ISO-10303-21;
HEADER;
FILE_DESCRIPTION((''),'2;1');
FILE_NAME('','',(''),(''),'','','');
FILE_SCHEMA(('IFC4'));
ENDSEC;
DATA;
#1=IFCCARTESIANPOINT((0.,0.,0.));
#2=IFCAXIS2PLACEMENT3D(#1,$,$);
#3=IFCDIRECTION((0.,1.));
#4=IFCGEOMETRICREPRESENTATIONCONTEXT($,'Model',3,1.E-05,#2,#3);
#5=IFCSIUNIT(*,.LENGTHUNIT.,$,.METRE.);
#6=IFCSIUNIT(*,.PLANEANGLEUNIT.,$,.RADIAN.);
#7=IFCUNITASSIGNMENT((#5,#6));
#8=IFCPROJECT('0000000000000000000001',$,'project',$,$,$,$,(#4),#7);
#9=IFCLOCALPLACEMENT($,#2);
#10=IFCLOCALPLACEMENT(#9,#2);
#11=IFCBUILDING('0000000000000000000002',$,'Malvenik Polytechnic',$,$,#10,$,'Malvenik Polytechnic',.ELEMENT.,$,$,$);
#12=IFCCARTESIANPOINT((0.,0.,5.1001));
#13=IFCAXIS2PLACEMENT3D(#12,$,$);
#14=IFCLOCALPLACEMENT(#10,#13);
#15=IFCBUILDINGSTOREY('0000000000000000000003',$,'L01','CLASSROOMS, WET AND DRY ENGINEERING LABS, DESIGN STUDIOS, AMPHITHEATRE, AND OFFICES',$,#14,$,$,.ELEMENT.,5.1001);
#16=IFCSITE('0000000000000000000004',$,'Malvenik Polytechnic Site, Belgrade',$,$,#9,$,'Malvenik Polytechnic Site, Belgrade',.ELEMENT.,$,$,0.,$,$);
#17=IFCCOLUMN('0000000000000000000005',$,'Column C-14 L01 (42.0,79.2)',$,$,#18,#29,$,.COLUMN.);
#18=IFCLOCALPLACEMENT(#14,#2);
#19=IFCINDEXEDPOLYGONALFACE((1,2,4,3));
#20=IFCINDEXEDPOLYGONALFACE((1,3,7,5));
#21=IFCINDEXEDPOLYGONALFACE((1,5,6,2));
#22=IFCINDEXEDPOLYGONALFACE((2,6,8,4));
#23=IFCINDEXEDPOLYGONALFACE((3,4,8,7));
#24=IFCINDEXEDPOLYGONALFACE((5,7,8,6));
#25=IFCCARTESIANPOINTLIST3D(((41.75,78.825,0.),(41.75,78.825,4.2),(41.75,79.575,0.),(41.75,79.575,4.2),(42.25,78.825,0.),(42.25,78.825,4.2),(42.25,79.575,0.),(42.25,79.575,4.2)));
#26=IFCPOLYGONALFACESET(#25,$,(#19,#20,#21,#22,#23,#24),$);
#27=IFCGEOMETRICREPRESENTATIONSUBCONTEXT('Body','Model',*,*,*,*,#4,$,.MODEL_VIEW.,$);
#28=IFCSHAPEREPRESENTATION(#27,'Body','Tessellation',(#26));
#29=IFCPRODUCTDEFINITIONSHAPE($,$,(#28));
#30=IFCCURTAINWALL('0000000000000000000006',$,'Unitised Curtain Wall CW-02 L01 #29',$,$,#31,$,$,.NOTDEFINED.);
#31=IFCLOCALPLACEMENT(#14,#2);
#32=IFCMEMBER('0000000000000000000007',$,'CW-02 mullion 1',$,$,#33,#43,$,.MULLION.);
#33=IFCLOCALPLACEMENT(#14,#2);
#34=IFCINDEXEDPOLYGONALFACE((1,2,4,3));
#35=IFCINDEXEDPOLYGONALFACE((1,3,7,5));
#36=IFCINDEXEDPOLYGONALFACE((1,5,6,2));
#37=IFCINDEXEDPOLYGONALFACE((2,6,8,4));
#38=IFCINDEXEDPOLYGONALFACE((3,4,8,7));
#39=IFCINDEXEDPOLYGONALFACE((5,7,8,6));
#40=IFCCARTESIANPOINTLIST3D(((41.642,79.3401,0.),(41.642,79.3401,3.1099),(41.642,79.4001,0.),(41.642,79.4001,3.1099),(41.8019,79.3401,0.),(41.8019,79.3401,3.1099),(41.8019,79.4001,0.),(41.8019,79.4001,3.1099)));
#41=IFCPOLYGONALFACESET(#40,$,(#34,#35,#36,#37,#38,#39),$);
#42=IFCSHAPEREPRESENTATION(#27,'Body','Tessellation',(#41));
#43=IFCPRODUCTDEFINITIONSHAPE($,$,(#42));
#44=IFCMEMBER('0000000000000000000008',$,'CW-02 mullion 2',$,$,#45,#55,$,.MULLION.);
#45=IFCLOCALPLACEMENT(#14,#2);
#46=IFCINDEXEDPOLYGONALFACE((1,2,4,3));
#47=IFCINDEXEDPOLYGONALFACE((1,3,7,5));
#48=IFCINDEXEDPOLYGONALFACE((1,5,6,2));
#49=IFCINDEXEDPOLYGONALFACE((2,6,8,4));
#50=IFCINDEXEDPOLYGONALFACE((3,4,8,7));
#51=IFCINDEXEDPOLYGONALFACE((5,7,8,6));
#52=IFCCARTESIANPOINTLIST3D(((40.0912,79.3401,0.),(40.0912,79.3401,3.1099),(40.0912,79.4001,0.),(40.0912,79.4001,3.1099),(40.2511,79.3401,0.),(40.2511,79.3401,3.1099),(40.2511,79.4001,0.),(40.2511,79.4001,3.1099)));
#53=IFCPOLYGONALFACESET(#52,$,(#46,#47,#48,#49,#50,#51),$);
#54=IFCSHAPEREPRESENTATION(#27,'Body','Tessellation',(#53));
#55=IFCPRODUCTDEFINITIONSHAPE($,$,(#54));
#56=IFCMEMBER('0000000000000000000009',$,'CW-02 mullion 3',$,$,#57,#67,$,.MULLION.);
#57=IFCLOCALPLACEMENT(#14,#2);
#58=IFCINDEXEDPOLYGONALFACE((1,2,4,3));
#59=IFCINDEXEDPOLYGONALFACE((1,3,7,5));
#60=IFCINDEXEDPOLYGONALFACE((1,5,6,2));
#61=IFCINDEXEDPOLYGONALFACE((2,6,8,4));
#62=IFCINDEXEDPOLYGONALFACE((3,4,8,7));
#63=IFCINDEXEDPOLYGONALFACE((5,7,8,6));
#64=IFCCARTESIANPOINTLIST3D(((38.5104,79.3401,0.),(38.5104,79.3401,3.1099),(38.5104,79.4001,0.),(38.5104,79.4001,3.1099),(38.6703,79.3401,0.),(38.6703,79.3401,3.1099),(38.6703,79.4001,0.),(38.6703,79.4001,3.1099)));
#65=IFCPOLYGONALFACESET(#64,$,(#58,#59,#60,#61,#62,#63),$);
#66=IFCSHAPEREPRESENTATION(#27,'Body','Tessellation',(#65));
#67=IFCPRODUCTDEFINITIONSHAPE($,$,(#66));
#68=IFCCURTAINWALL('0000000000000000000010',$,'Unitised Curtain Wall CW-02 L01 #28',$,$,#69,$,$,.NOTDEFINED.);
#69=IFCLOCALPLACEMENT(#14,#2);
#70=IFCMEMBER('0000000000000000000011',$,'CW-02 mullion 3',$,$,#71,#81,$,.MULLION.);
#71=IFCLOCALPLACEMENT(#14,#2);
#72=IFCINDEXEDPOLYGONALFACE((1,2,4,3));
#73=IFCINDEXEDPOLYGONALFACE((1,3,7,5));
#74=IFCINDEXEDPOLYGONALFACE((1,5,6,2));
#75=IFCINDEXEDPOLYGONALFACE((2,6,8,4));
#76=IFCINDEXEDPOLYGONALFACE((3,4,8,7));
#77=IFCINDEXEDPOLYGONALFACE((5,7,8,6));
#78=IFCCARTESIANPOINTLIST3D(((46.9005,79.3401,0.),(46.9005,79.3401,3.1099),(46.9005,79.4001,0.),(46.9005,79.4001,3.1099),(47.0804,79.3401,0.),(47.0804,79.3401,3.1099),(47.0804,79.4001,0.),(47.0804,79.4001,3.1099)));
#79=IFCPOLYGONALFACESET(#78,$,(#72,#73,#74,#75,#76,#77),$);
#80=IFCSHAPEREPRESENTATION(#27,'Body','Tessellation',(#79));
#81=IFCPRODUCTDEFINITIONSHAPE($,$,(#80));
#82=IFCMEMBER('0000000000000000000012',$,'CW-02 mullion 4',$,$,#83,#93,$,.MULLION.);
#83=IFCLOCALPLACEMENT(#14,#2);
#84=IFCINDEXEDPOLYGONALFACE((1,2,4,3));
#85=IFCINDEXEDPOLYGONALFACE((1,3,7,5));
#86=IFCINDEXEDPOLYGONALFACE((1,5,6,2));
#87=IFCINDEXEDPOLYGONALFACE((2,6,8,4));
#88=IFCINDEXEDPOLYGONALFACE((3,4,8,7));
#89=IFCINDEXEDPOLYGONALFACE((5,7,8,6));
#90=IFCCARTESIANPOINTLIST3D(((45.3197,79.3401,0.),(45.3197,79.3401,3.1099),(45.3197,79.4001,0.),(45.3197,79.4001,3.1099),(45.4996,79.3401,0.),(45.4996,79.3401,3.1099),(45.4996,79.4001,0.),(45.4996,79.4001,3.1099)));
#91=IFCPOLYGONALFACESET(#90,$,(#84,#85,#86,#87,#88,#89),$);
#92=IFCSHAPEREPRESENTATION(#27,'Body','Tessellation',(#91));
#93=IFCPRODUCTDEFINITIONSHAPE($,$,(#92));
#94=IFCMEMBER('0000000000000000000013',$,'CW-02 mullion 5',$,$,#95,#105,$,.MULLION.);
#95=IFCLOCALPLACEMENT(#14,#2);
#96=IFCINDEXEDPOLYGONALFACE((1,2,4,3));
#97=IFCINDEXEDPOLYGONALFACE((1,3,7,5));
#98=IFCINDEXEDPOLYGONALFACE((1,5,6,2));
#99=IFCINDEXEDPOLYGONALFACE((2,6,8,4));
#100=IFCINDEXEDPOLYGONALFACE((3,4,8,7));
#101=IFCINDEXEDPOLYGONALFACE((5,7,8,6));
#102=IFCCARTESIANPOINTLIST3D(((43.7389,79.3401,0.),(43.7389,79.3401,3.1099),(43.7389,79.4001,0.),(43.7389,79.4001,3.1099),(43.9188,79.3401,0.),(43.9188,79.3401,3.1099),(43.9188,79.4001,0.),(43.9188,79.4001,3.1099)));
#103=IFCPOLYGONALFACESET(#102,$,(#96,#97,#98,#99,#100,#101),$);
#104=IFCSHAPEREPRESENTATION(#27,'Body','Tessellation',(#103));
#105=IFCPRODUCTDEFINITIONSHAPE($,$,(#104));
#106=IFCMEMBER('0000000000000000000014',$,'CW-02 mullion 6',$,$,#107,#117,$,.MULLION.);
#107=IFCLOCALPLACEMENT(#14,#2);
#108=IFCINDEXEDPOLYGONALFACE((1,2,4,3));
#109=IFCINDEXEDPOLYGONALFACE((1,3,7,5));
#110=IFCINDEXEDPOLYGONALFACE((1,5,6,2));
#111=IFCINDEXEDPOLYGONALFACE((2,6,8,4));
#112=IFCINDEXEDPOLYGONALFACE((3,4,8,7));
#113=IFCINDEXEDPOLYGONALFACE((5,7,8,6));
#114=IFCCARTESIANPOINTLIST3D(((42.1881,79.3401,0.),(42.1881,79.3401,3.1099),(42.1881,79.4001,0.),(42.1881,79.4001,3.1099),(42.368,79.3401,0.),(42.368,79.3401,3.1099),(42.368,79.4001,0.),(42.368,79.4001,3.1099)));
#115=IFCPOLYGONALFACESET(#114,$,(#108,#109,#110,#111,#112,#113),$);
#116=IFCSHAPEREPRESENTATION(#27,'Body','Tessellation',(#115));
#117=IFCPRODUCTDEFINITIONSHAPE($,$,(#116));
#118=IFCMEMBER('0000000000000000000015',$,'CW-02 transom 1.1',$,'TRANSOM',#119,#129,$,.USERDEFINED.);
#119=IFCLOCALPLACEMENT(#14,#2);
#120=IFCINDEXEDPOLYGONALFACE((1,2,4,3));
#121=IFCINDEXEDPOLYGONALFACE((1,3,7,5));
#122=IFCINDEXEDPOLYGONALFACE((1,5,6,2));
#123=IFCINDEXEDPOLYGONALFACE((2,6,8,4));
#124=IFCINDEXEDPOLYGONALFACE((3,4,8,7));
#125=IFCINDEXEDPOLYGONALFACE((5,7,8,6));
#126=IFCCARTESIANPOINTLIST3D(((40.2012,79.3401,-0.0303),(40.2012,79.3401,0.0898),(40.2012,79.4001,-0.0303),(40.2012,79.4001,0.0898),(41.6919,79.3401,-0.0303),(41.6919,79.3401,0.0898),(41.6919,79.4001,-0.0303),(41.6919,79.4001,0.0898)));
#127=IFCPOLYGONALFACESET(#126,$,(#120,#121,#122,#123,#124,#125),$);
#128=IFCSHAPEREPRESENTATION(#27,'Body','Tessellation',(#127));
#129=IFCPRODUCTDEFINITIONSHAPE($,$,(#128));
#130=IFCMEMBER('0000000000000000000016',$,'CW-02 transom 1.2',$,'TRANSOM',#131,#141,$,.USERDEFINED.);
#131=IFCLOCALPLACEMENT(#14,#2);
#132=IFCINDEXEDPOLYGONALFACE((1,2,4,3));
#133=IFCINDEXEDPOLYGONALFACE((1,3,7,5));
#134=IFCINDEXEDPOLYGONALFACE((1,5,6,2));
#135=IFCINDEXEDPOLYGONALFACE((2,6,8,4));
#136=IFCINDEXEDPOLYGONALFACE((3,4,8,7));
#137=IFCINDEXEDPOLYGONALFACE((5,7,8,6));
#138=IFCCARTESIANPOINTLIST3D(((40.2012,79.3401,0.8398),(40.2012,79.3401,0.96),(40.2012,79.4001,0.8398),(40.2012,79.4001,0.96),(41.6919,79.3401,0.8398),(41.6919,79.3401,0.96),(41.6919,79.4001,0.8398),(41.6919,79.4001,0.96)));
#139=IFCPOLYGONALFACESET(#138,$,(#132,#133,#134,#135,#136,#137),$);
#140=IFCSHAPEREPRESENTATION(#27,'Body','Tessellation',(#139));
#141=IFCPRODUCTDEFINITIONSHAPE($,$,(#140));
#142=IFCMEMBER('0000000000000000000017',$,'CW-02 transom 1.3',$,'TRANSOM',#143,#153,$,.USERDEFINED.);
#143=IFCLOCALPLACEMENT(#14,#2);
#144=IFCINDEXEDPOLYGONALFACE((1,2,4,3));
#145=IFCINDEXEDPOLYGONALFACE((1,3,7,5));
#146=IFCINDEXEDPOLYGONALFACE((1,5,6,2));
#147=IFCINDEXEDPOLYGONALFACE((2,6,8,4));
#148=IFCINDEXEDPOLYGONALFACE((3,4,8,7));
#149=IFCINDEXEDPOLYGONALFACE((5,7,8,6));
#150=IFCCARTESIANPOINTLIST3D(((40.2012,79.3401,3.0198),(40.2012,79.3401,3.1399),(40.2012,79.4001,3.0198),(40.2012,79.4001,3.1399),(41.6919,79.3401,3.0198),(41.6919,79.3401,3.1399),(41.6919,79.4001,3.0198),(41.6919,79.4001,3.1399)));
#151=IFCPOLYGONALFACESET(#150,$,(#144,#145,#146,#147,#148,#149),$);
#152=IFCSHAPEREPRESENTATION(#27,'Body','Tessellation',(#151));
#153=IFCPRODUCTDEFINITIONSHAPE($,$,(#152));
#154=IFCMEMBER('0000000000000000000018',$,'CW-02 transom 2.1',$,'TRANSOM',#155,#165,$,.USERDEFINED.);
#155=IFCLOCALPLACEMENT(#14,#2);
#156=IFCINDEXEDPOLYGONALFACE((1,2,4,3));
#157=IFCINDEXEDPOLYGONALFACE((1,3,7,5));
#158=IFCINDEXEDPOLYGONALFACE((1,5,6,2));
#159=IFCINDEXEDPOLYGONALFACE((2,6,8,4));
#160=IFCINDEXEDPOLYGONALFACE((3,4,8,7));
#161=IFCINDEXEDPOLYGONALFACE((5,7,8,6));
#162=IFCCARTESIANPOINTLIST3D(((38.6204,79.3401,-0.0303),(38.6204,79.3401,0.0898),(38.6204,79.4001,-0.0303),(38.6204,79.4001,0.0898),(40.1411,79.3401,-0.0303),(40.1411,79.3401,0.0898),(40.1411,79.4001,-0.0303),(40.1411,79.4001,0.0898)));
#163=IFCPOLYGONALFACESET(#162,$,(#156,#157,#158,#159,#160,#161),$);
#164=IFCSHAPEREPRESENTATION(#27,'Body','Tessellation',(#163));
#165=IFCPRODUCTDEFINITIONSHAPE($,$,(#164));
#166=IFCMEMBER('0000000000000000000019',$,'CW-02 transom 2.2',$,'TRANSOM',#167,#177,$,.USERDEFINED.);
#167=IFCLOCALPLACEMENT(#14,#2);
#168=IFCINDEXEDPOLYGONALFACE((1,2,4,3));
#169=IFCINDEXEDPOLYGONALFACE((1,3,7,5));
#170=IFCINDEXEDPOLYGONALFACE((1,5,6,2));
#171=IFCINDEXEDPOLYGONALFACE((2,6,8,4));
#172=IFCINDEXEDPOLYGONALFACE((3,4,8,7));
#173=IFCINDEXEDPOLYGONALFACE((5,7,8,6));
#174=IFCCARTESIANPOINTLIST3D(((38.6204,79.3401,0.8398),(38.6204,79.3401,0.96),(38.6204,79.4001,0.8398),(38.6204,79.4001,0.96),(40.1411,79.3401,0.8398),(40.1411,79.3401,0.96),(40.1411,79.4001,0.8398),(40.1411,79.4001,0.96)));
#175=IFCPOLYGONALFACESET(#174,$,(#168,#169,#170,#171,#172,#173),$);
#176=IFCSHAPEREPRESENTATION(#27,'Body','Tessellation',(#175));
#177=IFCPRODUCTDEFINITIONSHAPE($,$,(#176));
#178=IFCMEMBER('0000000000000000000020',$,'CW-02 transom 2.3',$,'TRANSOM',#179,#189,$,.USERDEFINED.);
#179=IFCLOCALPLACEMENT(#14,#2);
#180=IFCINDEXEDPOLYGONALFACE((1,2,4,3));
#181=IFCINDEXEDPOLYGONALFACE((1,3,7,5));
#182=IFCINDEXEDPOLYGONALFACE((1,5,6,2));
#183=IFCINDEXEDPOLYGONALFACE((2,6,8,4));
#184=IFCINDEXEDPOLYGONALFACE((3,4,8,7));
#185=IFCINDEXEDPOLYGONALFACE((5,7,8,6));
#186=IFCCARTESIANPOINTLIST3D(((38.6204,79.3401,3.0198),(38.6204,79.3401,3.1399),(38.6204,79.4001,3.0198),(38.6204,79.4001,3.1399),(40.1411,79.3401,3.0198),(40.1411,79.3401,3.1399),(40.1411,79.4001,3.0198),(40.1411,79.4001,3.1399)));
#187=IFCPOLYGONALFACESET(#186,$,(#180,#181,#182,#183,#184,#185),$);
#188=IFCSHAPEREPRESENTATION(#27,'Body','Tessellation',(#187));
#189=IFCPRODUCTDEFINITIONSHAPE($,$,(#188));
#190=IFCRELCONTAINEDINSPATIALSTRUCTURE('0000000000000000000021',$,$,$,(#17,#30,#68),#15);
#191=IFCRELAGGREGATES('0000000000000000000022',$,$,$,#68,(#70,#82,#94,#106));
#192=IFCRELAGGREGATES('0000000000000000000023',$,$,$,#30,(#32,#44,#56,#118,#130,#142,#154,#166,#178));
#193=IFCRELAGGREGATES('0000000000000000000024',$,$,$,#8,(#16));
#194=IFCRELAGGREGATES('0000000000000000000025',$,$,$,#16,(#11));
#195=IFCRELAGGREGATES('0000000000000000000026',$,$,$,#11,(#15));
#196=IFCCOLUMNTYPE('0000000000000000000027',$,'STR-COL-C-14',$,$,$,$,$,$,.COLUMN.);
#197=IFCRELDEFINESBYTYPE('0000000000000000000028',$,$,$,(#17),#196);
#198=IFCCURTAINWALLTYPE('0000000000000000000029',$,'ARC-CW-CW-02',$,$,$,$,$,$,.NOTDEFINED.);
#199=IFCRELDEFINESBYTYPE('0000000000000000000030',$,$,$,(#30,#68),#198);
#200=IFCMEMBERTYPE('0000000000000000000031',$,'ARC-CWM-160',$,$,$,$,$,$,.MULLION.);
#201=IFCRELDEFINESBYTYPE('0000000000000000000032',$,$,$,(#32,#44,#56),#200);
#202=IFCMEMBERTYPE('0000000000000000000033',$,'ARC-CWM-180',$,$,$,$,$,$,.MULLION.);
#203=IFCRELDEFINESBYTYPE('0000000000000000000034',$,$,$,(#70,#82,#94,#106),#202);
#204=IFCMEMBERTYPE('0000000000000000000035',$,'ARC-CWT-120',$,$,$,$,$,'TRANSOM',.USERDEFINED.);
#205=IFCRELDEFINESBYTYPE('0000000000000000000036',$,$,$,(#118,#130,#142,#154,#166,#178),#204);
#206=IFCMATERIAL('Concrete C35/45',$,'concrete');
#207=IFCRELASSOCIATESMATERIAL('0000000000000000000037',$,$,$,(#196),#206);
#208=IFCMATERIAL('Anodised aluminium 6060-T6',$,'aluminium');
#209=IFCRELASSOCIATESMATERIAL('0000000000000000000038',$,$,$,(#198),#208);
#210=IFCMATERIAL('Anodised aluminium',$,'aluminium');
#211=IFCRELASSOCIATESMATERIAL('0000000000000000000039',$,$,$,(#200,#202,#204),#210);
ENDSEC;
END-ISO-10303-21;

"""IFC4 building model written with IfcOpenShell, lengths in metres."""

from ifc_helpers import new_model, si_unit, direction, frame, origin, origin_2d, place, context, subcontext, project, spatial, rectangle, extrude, material, material_profile, profile_set, type_object, element, aggregate, save


model = new_model("IFC4")

# Units and contexts
model_context = context("Model", 3, precision=1e-05, world=origin(), true_north=direction((0.0, 1.0)))
body_context = subcontext(model_context, "Body", "Model", "MODEL_VIEW")
ifc_project = project(units=[si_unit("LENGTHUNIT", "METRE"), si_unit("PLANEANGLEUNIT", "RADIAN")], contexts=[model_context])

# Site, building, storey
site_placement = place(None, origin())
site = spatial("IfcSite", under=ifc_project, at=site_placement, Name="Malvenik Polytechnic Site, Belgrade", LongName="Malvenik Polytechnic Site, Belgrade", CompositionType="ELEMENT", RefElevation=0.0)
building_placement = place(site_placement, origin())
building = spatial("IfcBuilding", under=site, at=building_placement, Name="Malvenik Polytechnic", LongName="Malvenik Polytechnic", CompositionType="ELEMENT")
storey_placement = place(building_placement, frame((0.0, 0.0, 5.1001)))
storey = spatial("IfcBuildingStorey", under=building, at=storey_placement, Name="L01", Description="CLASSROOMS, WET AND DRY ENGINEERING LABS, DESIGN STUDIOS, AMPHITHEATRE, AND OFFICES", CompositionType="ELEMENT", Elevation=5.1001)

# Column
ifc_material_1 = material(Name="Concrete C35/45", Category="concrete")
ifc_material_profile_1 = material_profile(ifc_material_1, rectangle(XDim=0.5, YDim=0.75, at=origin_2d()), Name="RC COL 750x500")
ifc_profile_set_1 = profile_set([ifc_material_profile_1], Name="Concrete C35/45")
column_type = type_object("IfcColumnType", Name="STR-COL-C-14", PredefinedType="COLUMN", material=ifc_profile_set_1)
column_placement = place(storey_placement, frame((42.0, 79.2, 0.0), z_axis=(0.0, 0.0, 1.0), x_axis=(1.0, 0.0, 0.0)))
element("IfcColumn", 1, at=column_placement, inside=storey, type_object=column_type, Name="Column C-14 L01 (42.0,79.2)", PredefinedType="COLUMN", context=body_context, shape_type="SweptSolid", body=[
    extrude(rectangle(XDim=0.5, YDim=0.75, at=origin_2d()), origin(), (0.0, 0.0, 1.0), 4.2),
])

# Curtain walls, members
ifc_material_2 = material(Name="Anodised aluminium 6060-T6", Category="aluminium")
curtain_wall_type = type_object("IfcCurtainWallType", Name="ARC-CW-CW-02", PredefinedType="NOTDEFINED", material=ifc_material_2)
curtain_wall_1_placement = place(storey_placement, origin())
curtain_wall_1 = element("IfcCurtainWall", 2, at=curtain_wall_1_placement, inside=storey, type_object=curtain_wall_type, Name="Unitised Curtain Wall CW-02 L01 #29", PredefinedType="NOTDEFINED")
ifc_material_3 = material(Name="Anodised aluminium", Category="aluminium")
ifc_material_profile_2 = material_profile(ifc_material_3, rectangle(XDim=0.0601, YDim=0.1599, at=origin_2d()), Name="ALU MULLION 60x160")
ifc_profile_set_2 = profile_set([ifc_material_profile_2], Name="Anodised aluminium")
member_type_1 = type_object("IfcMemberType", Name="ARC-CWM-160", PredefinedType="MULLION", material=ifc_profile_set_2)
member_1_placement = place(storey_placement, frame((41.7219, 79.3701, 0.0), z_axis=(0.0, 0.0, 1.0), x_axis=(0.0, -1.0, 0.0)))
member_1 = element("IfcMember", 3, at=member_1_placement, type_object=member_type_1, Name="CW-02 mullion 1", PredefinedType="MULLION", context=body_context, shape_type="SweptSolid", body=[
    extrude(rectangle(XDim=0.0601, YDim=0.1599, at=origin_2d()), origin(), (0.0, 0.0, 1.0), 3.1099),
])
member_2_placement = place(storey_placement, frame((40.1711, 79.3701, 0.0), z_axis=(0.0, 0.0, 1.0), x_axis=(0.0, -1.0, 0.0)))
member_2 = element("IfcMember", 4, at=member_2_placement, type_object=member_type_1, Name="CW-02 mullion 2", PredefinedType="MULLION", context=body_context, shape_type="SweptSolid", body=[
    extrude(rectangle(XDim=0.0601, YDim=0.1599, at=origin_2d()), origin(), (0.0, 0.0, 1.0), 3.1099),
])
member_3_placement = place(storey_placement, frame((38.5903, 79.3701, 0.0), z_axis=(0.0, 0.0, 1.0), x_axis=(0.0, -1.0, 0.0)))
member_3 = element("IfcMember", 5, at=member_3_placement, type_object=member_type_1, Name="CW-02 mullion 3", PredefinedType="MULLION", context=body_context, shape_type="SweptSolid", body=[
    extrude(rectangle(XDim=0.0601, YDim=0.1599, at=origin_2d()), origin(), (0.0, 0.0, 1.0), 3.1099),
])
curtain_wall_2_placement = place(storey_placement, origin())
curtain_wall_2 = element("IfcCurtainWall", 6, at=curtain_wall_2_placement, inside=storey, type_object=curtain_wall_type, Name="Unitised Curtain Wall CW-02 L01 #28", PredefinedType="NOTDEFINED")
ifc_material_profile_3 = material_profile(ifc_material_3, rectangle(XDim=0.0601, YDim=0.1799, at=origin_2d()), Name="ALU MULLION 60x180")
ifc_profile_set_3 = profile_set([ifc_material_profile_3], Name="Anodised aluminium")
member_type_2 = type_object("IfcMemberType", Name="ARC-CWM-180", PredefinedType="MULLION", material=ifc_profile_set_3)
member_4_placement = place(storey_placement, frame((46.9905, 79.3701, 0.0), z_axis=(0.0, 0.0, 1.0), x_axis=(0.0, -1.0, 0.0)))
member_4 = element("IfcMember", 7, at=member_4_placement, type_object=member_type_2, Name="CW-02 mullion 3", PredefinedType="MULLION", context=body_context, shape_type="SweptSolid", body=[
    extrude(rectangle(XDim=0.0601, YDim=0.1799, at=origin_2d()), origin(), (0.0, 0.0, 1.0), 3.1099),
])
member_5_placement = place(storey_placement, frame((45.4097, 79.3701, 0.0), z_axis=(0.0, 0.0, 1.0), x_axis=(0.0, -1.0, 0.0)))
member_5 = element("IfcMember", 8, at=member_5_placement, type_object=member_type_2, Name="CW-02 mullion 4", PredefinedType="MULLION", context=body_context, shape_type="SweptSolid", body=[
    extrude(rectangle(XDim=0.0601, YDim=0.1799, at=origin_2d()), origin(), (0.0, 0.0, 1.0), 3.1099),
])
member_6_placement = place(storey_placement, frame((43.8289, 79.3701, 0.0), z_axis=(0.0, 0.0, 1.0), x_axis=(0.0, -1.0, 0.0)))
member_6 = element("IfcMember", 9, at=member_6_placement, type_object=member_type_2, Name="CW-02 mullion 5", PredefinedType="MULLION", context=body_context, shape_type="SweptSolid", body=[
    extrude(rectangle(XDim=0.0601, YDim=0.1799, at=origin_2d()), origin(), (0.0, 0.0, 1.0), 3.1099),
])
member_7_placement = place(storey_placement, frame((42.2781, 79.3701, 0.0), z_axis=(0.0, 0.0, 1.0), x_axis=(0.0, -1.0, 0.0)))
member_7 = element("IfcMember", 10, at=member_7_placement, type_object=member_type_2, Name="CW-02 mullion 6", PredefinedType="MULLION", context=body_context, shape_type="SweptSolid", body=[
    extrude(rectangle(XDim=0.0601, YDim=0.1799, at=origin_2d()), origin(), (0.0, 0.0, 1.0), 3.1099),
])

# Members
ifc_material_profile_4 = material_profile(ifc_material_3, rectangle(XDim=0.0601, YDim=0.1201, at=origin_2d()), Name="ALU TRANSOM 60x120")
ifc_profile_set_4 = profile_set([ifc_material_profile_4], Name="Anodised aluminium")
member_type_3 = type_object("IfcMemberType", Name="ARC-CWT-120", ElementType="TRANSOM", PredefinedType="USERDEFINED", material=ifc_profile_set_4)
member_8_placement = place(storey_placement, frame((41.6919, 79.3701, 0.0298), z_axis=(-1.0, 0.0, 0.0), x_axis=(0.0, -1.0, 0.0)))
member_8 = element("IfcMember", 11, at=member_8_placement, type_object=member_type_3, Name="CW-02 transom 1.1", ObjectType="TRANSOM", PredefinedType="USERDEFINED", context=body_context, shape_type="SweptSolid", body=[
    extrude(rectangle(XDim=0.0601, YDim=0.1201, at=origin_2d()), origin(), (0.0, 0.0, 1.0), 1.4907),
])
member_9_placement = place(storey_placement, frame((41.6919, 79.3701, 0.8999), z_axis=(-1.0, 0.0, 0.0), x_axis=(0.0, -1.0, 0.0)))
member_9 = element("IfcMember", 12, at=member_9_placement, type_object=member_type_3, Name="CW-02 transom 1.2", ObjectType="TRANSOM", PredefinedType="USERDEFINED", context=body_context, shape_type="SweptSolid", body=[
    extrude(rectangle(XDim=0.0601, YDim=0.1201, at=origin_2d()), origin(), (0.0, 0.0, 1.0), 1.4907),
])
member_10_placement = place(storey_placement, frame((41.6919, 79.3701, 3.0798), z_axis=(-1.0, 0.0, 0.0), x_axis=(0.0, -1.0, 0.0)))
member_10 = element("IfcMember", 13, at=member_10_placement, type_object=member_type_3, Name="CW-02 transom 1.3", ObjectType="TRANSOM", PredefinedType="USERDEFINED", context=body_context, shape_type="SweptSolid", body=[
    extrude(rectangle(XDim=0.0601, YDim=0.1201, at=origin_2d()), origin(), (0.0, 0.0, 1.0), 1.4907),
])
member_11_placement = place(storey_placement, frame((40.1411, 79.3701, 0.0298), z_axis=(-1.0, 0.0, 0.0), x_axis=(0.0, -1.0, 0.0)))
member_11 = element("IfcMember", 14, at=member_11_placement, type_object=member_type_3, Name="CW-02 transom 2.1", ObjectType="TRANSOM", PredefinedType="USERDEFINED", context=body_context, shape_type="SweptSolid", body=[
    extrude(rectangle(XDim=0.0601, YDim=0.1201, at=origin_2d()), origin(), (0.0, 0.0, 1.0), 1.5208),
])
member_12_placement = place(storey_placement, frame((40.1411, 79.3701, 0.8999), z_axis=(-1.0, 0.0, 0.0), x_axis=(0.0, -1.0, 0.0)))
member_12 = element("IfcMember", 15, at=member_12_placement, type_object=member_type_3, Name="CW-02 transom 2.2", ObjectType="TRANSOM", PredefinedType="USERDEFINED", context=body_context, shape_type="SweptSolid", body=[
    extrude(rectangle(XDim=0.0601, YDim=0.1201, at=origin_2d()), origin(), (0.0, 0.0, 1.0), 1.5208),
])
member_13_placement = place(storey_placement, frame((40.1411, 79.3701, 3.0798), z_axis=(-1.0, 0.0, 0.0), x_axis=(0.0, -1.0, 0.0)))
member_13 = element("IfcMember", 16, at=member_13_placement, type_object=member_type_3, Name="CW-02 transom 2.3", ObjectType="TRANSOM", PredefinedType="USERDEFINED", context=body_context, shape_type="SweptSolid", body=[
    extrude(rectangle(XDim=0.0601, YDim=0.1201, at=origin_2d()), origin(), (0.0, 0.0, 1.0), 1.5208),
])

aggregate(curtain_wall_2, [member_4, member_5, member_6, member_7])
aggregate(curtain_wall_1, [member_1, member_2, member_3, member_8, member_9, member_10, member_11, member_12, member_13])

save(model, "model.ifc")
